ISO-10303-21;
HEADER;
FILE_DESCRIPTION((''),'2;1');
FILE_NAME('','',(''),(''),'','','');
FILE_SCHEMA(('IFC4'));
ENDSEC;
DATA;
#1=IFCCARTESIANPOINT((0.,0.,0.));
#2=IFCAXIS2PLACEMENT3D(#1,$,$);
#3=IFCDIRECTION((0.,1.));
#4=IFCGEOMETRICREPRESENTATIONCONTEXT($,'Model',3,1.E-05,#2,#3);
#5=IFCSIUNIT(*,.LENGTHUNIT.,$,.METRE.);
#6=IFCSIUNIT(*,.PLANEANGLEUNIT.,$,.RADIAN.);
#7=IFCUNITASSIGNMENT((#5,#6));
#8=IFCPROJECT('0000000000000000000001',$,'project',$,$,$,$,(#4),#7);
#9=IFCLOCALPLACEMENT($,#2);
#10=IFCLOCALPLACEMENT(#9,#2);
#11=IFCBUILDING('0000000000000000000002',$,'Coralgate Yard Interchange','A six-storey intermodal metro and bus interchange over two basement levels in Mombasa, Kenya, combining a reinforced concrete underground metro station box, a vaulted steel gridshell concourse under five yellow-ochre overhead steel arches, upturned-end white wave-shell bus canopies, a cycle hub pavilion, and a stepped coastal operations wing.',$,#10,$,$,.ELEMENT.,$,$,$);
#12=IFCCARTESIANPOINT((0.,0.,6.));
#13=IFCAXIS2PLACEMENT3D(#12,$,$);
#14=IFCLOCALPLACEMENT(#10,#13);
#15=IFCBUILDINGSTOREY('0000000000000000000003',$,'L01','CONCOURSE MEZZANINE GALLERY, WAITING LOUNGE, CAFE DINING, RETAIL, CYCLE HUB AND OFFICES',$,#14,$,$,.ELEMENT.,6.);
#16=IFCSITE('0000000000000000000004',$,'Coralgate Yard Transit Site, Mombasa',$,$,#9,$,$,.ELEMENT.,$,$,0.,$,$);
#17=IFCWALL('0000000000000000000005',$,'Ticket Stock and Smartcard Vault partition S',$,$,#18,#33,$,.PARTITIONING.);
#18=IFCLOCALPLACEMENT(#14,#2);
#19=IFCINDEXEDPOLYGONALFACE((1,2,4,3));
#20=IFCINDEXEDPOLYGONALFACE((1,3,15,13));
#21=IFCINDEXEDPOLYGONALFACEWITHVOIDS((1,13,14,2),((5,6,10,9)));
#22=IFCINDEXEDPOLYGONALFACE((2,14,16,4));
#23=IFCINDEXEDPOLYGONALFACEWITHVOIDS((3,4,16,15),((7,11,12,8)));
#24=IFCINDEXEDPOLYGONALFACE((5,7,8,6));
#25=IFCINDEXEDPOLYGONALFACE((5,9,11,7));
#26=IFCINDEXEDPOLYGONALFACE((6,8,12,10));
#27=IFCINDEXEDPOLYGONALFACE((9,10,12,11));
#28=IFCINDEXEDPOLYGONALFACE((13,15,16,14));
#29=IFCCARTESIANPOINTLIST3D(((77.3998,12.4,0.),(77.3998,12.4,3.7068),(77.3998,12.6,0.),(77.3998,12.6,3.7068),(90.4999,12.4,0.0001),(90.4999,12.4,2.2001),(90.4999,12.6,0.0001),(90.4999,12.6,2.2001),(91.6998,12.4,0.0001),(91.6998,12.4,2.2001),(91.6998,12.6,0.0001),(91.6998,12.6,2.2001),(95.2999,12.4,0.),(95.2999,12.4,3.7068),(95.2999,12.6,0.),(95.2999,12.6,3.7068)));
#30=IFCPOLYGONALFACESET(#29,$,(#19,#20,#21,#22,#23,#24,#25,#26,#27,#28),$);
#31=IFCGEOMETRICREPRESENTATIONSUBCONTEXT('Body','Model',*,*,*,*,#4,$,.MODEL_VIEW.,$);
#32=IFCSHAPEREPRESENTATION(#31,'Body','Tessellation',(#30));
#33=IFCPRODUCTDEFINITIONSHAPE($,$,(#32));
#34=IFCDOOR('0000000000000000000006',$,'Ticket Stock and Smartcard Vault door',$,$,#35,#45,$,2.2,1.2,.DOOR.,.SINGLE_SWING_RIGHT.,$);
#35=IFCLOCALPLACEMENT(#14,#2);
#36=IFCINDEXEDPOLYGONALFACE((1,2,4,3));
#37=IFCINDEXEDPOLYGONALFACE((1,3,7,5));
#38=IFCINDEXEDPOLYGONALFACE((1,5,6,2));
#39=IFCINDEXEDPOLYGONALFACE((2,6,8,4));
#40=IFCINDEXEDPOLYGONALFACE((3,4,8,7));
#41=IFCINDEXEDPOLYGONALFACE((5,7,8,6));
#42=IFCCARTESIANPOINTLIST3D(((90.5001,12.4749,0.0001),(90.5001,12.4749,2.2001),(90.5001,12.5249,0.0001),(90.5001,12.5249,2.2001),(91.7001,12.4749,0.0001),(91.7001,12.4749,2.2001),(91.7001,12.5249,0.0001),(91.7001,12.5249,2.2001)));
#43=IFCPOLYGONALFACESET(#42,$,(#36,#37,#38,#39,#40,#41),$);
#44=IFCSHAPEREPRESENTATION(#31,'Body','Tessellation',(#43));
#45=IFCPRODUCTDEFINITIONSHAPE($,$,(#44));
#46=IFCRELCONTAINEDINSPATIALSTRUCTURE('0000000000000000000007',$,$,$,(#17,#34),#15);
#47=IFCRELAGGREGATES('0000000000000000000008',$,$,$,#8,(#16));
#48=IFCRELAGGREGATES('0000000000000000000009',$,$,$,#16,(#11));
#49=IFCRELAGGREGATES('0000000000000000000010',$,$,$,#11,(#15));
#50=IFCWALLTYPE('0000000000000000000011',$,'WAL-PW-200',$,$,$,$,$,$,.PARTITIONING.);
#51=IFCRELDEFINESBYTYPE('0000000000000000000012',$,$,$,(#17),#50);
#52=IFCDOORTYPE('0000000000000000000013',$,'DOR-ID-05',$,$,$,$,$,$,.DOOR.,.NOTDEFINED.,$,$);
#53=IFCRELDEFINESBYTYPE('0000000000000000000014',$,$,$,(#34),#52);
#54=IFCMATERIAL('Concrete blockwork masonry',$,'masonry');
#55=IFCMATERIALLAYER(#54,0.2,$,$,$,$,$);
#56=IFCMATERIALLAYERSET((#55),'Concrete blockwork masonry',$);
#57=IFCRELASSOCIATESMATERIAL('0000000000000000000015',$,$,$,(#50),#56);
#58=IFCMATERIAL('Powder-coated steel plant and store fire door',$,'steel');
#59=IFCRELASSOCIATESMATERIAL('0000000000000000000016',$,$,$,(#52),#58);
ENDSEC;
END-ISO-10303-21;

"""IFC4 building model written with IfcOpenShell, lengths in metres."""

from ifc_helpers import new_model, si_unit, direction, frame, frame_2d, origin, place, context, subcontext, project, spatial, rectangle, extrude, material, layer, layer_set, type_object, element, fill, save


model = new_model("IFC4")

# Units and contexts
model_context = context("Model", 3, precision=1e-05, world=origin(), true_north=direction((0.0, 1.0)))
body_context = subcontext(model_context, "Body", "Model", "MODEL_VIEW")
ifc_project = project(units=[si_unit("LENGTHUNIT", "METRE"), si_unit("PLANEANGLEUNIT", "RADIAN")], contexts=[model_context])

# Site, building, storey
site_placement = place(None, origin())
site = spatial("IfcSite", under=ifc_project, at=site_placement, Name="Coralgate Yard Transit Site, Mombasa", CompositionType="ELEMENT", RefElevation=0.0)
building_placement = place(site_placement, origin())
building = spatial("IfcBuilding", under=site, at=building_placement, Name="Coralgate Yard Interchange", Description="A six-storey intermodal metro and bus interchange over two basement levels in Mombasa, Kenya, combining a reinforced concrete underground metro station box, a vaulted steel gridshell concourse under five yellow-ochre overhead steel arches, upturned-end white wave-shell bus canopies, a cycle hub pavilion, and a stepped coastal operations wing.", CompositionType="ELEMENT")
storey_placement = place(building_placement, frame((0.0, 0.0, 6.0)))
storey = spatial("IfcBuildingStorey", under=building, at=storey_placement, Name="L01", Description="CONCOURSE MEZZANINE GALLERY, WAITING LOUNGE, CAFE DINING, RETAIL, CYCLE HUB AND OFFICES", CompositionType="ELEMENT", Elevation=6.0)

# Wall, opening, door
ifc_material_1 = material(Name="Concrete blockwork masonry", Category="masonry")
ifc_layer_1 = layer(ifc_material_1, 0.2)
ifc_layer_set_1 = layer_set([ifc_layer_1], Name="Concrete blockwork masonry")
wall_type = type_object("IfcWallType", Name="WAL-PW-200", PredefinedType="PARTITIONING", material=ifc_layer_set_1)
wall_placement = place(storey_placement, frame((95.3, 12.5, 0.0), z_axis=(0.0, 0.0, 1.0), x_axis=(-1.0, 0.0, 0.0)))
wall = element("IfcWall", 1, at=wall_placement, inside=storey, type_object=wall_type, Name="Ticket Stock and Smartcard Vault partition S", PredefinedType="PARTITIONING", context=body_context, shape_type="SweptSolid", body=[
    extrude(rectangle(XDim=17.9001, YDim=0.2, at=frame_2d((8.9502, 0.0))), origin(), (0.0, 0.0, 1.0), 3.7068),
])
opening_placement = place(wall_placement, frame((3.6001, 0.0, 0.0)))
opening = element("IfcOpeningElement", 2, at=opening_placement, cuts=wall, PredefinedType="OPENING", context=body_context, shape_type="SweptSolid", body=[
    extrude(rectangle(XDim=1.2, YDim=2.2, at=frame_2d((0.6001, 1.1001))), frame((0.0, 0.1099, 0.0), z_axis=(0.0, -1.0, 0.0), x_axis=(1.0, 0.0, 0.0)), (0.0, 0.0, 1.0), 0.22),
])
ifc_material_2 = material(Name="Powder-coated steel plant and store fire door", Category="steel")
door_type = type_object("IfcDoorType", Name="DOR-ID-05", OperationType="NOTDEFINED", PredefinedType="DOOR", material=ifc_material_2)
door_placement = place(opening_placement, frame((1.2, 0.0, 0.0), z_axis=(0.0, 0.0, 1.0), x_axis=(-1.0, 0.0, 0.0)))
door = element("IfcDoor", 3, at=door_placement, inside=storey, type_object=door_type, Name="Ticket Stock and Smartcard Vault door", OperationType="SINGLE_SWING_RIGHT", OverallHeight=2.2, OverallWidth=1.2, PredefinedType="DOOR", context=body_context, shape_type="SweptSolid", body=[
    extrude(rectangle(XDim=1.2, YDim=2.2, at=frame_2d((0.6001, 1.1001))), frame((0.0, 0.0249, 0.0), z_axis=(0.0, -1.0, 0.0), x_axis=(1.0, 0.0, 0.0)), (0.0, 0.0, 1.0), 0.05),
])
fill(opening, door)

save(model, "model.ifc")
